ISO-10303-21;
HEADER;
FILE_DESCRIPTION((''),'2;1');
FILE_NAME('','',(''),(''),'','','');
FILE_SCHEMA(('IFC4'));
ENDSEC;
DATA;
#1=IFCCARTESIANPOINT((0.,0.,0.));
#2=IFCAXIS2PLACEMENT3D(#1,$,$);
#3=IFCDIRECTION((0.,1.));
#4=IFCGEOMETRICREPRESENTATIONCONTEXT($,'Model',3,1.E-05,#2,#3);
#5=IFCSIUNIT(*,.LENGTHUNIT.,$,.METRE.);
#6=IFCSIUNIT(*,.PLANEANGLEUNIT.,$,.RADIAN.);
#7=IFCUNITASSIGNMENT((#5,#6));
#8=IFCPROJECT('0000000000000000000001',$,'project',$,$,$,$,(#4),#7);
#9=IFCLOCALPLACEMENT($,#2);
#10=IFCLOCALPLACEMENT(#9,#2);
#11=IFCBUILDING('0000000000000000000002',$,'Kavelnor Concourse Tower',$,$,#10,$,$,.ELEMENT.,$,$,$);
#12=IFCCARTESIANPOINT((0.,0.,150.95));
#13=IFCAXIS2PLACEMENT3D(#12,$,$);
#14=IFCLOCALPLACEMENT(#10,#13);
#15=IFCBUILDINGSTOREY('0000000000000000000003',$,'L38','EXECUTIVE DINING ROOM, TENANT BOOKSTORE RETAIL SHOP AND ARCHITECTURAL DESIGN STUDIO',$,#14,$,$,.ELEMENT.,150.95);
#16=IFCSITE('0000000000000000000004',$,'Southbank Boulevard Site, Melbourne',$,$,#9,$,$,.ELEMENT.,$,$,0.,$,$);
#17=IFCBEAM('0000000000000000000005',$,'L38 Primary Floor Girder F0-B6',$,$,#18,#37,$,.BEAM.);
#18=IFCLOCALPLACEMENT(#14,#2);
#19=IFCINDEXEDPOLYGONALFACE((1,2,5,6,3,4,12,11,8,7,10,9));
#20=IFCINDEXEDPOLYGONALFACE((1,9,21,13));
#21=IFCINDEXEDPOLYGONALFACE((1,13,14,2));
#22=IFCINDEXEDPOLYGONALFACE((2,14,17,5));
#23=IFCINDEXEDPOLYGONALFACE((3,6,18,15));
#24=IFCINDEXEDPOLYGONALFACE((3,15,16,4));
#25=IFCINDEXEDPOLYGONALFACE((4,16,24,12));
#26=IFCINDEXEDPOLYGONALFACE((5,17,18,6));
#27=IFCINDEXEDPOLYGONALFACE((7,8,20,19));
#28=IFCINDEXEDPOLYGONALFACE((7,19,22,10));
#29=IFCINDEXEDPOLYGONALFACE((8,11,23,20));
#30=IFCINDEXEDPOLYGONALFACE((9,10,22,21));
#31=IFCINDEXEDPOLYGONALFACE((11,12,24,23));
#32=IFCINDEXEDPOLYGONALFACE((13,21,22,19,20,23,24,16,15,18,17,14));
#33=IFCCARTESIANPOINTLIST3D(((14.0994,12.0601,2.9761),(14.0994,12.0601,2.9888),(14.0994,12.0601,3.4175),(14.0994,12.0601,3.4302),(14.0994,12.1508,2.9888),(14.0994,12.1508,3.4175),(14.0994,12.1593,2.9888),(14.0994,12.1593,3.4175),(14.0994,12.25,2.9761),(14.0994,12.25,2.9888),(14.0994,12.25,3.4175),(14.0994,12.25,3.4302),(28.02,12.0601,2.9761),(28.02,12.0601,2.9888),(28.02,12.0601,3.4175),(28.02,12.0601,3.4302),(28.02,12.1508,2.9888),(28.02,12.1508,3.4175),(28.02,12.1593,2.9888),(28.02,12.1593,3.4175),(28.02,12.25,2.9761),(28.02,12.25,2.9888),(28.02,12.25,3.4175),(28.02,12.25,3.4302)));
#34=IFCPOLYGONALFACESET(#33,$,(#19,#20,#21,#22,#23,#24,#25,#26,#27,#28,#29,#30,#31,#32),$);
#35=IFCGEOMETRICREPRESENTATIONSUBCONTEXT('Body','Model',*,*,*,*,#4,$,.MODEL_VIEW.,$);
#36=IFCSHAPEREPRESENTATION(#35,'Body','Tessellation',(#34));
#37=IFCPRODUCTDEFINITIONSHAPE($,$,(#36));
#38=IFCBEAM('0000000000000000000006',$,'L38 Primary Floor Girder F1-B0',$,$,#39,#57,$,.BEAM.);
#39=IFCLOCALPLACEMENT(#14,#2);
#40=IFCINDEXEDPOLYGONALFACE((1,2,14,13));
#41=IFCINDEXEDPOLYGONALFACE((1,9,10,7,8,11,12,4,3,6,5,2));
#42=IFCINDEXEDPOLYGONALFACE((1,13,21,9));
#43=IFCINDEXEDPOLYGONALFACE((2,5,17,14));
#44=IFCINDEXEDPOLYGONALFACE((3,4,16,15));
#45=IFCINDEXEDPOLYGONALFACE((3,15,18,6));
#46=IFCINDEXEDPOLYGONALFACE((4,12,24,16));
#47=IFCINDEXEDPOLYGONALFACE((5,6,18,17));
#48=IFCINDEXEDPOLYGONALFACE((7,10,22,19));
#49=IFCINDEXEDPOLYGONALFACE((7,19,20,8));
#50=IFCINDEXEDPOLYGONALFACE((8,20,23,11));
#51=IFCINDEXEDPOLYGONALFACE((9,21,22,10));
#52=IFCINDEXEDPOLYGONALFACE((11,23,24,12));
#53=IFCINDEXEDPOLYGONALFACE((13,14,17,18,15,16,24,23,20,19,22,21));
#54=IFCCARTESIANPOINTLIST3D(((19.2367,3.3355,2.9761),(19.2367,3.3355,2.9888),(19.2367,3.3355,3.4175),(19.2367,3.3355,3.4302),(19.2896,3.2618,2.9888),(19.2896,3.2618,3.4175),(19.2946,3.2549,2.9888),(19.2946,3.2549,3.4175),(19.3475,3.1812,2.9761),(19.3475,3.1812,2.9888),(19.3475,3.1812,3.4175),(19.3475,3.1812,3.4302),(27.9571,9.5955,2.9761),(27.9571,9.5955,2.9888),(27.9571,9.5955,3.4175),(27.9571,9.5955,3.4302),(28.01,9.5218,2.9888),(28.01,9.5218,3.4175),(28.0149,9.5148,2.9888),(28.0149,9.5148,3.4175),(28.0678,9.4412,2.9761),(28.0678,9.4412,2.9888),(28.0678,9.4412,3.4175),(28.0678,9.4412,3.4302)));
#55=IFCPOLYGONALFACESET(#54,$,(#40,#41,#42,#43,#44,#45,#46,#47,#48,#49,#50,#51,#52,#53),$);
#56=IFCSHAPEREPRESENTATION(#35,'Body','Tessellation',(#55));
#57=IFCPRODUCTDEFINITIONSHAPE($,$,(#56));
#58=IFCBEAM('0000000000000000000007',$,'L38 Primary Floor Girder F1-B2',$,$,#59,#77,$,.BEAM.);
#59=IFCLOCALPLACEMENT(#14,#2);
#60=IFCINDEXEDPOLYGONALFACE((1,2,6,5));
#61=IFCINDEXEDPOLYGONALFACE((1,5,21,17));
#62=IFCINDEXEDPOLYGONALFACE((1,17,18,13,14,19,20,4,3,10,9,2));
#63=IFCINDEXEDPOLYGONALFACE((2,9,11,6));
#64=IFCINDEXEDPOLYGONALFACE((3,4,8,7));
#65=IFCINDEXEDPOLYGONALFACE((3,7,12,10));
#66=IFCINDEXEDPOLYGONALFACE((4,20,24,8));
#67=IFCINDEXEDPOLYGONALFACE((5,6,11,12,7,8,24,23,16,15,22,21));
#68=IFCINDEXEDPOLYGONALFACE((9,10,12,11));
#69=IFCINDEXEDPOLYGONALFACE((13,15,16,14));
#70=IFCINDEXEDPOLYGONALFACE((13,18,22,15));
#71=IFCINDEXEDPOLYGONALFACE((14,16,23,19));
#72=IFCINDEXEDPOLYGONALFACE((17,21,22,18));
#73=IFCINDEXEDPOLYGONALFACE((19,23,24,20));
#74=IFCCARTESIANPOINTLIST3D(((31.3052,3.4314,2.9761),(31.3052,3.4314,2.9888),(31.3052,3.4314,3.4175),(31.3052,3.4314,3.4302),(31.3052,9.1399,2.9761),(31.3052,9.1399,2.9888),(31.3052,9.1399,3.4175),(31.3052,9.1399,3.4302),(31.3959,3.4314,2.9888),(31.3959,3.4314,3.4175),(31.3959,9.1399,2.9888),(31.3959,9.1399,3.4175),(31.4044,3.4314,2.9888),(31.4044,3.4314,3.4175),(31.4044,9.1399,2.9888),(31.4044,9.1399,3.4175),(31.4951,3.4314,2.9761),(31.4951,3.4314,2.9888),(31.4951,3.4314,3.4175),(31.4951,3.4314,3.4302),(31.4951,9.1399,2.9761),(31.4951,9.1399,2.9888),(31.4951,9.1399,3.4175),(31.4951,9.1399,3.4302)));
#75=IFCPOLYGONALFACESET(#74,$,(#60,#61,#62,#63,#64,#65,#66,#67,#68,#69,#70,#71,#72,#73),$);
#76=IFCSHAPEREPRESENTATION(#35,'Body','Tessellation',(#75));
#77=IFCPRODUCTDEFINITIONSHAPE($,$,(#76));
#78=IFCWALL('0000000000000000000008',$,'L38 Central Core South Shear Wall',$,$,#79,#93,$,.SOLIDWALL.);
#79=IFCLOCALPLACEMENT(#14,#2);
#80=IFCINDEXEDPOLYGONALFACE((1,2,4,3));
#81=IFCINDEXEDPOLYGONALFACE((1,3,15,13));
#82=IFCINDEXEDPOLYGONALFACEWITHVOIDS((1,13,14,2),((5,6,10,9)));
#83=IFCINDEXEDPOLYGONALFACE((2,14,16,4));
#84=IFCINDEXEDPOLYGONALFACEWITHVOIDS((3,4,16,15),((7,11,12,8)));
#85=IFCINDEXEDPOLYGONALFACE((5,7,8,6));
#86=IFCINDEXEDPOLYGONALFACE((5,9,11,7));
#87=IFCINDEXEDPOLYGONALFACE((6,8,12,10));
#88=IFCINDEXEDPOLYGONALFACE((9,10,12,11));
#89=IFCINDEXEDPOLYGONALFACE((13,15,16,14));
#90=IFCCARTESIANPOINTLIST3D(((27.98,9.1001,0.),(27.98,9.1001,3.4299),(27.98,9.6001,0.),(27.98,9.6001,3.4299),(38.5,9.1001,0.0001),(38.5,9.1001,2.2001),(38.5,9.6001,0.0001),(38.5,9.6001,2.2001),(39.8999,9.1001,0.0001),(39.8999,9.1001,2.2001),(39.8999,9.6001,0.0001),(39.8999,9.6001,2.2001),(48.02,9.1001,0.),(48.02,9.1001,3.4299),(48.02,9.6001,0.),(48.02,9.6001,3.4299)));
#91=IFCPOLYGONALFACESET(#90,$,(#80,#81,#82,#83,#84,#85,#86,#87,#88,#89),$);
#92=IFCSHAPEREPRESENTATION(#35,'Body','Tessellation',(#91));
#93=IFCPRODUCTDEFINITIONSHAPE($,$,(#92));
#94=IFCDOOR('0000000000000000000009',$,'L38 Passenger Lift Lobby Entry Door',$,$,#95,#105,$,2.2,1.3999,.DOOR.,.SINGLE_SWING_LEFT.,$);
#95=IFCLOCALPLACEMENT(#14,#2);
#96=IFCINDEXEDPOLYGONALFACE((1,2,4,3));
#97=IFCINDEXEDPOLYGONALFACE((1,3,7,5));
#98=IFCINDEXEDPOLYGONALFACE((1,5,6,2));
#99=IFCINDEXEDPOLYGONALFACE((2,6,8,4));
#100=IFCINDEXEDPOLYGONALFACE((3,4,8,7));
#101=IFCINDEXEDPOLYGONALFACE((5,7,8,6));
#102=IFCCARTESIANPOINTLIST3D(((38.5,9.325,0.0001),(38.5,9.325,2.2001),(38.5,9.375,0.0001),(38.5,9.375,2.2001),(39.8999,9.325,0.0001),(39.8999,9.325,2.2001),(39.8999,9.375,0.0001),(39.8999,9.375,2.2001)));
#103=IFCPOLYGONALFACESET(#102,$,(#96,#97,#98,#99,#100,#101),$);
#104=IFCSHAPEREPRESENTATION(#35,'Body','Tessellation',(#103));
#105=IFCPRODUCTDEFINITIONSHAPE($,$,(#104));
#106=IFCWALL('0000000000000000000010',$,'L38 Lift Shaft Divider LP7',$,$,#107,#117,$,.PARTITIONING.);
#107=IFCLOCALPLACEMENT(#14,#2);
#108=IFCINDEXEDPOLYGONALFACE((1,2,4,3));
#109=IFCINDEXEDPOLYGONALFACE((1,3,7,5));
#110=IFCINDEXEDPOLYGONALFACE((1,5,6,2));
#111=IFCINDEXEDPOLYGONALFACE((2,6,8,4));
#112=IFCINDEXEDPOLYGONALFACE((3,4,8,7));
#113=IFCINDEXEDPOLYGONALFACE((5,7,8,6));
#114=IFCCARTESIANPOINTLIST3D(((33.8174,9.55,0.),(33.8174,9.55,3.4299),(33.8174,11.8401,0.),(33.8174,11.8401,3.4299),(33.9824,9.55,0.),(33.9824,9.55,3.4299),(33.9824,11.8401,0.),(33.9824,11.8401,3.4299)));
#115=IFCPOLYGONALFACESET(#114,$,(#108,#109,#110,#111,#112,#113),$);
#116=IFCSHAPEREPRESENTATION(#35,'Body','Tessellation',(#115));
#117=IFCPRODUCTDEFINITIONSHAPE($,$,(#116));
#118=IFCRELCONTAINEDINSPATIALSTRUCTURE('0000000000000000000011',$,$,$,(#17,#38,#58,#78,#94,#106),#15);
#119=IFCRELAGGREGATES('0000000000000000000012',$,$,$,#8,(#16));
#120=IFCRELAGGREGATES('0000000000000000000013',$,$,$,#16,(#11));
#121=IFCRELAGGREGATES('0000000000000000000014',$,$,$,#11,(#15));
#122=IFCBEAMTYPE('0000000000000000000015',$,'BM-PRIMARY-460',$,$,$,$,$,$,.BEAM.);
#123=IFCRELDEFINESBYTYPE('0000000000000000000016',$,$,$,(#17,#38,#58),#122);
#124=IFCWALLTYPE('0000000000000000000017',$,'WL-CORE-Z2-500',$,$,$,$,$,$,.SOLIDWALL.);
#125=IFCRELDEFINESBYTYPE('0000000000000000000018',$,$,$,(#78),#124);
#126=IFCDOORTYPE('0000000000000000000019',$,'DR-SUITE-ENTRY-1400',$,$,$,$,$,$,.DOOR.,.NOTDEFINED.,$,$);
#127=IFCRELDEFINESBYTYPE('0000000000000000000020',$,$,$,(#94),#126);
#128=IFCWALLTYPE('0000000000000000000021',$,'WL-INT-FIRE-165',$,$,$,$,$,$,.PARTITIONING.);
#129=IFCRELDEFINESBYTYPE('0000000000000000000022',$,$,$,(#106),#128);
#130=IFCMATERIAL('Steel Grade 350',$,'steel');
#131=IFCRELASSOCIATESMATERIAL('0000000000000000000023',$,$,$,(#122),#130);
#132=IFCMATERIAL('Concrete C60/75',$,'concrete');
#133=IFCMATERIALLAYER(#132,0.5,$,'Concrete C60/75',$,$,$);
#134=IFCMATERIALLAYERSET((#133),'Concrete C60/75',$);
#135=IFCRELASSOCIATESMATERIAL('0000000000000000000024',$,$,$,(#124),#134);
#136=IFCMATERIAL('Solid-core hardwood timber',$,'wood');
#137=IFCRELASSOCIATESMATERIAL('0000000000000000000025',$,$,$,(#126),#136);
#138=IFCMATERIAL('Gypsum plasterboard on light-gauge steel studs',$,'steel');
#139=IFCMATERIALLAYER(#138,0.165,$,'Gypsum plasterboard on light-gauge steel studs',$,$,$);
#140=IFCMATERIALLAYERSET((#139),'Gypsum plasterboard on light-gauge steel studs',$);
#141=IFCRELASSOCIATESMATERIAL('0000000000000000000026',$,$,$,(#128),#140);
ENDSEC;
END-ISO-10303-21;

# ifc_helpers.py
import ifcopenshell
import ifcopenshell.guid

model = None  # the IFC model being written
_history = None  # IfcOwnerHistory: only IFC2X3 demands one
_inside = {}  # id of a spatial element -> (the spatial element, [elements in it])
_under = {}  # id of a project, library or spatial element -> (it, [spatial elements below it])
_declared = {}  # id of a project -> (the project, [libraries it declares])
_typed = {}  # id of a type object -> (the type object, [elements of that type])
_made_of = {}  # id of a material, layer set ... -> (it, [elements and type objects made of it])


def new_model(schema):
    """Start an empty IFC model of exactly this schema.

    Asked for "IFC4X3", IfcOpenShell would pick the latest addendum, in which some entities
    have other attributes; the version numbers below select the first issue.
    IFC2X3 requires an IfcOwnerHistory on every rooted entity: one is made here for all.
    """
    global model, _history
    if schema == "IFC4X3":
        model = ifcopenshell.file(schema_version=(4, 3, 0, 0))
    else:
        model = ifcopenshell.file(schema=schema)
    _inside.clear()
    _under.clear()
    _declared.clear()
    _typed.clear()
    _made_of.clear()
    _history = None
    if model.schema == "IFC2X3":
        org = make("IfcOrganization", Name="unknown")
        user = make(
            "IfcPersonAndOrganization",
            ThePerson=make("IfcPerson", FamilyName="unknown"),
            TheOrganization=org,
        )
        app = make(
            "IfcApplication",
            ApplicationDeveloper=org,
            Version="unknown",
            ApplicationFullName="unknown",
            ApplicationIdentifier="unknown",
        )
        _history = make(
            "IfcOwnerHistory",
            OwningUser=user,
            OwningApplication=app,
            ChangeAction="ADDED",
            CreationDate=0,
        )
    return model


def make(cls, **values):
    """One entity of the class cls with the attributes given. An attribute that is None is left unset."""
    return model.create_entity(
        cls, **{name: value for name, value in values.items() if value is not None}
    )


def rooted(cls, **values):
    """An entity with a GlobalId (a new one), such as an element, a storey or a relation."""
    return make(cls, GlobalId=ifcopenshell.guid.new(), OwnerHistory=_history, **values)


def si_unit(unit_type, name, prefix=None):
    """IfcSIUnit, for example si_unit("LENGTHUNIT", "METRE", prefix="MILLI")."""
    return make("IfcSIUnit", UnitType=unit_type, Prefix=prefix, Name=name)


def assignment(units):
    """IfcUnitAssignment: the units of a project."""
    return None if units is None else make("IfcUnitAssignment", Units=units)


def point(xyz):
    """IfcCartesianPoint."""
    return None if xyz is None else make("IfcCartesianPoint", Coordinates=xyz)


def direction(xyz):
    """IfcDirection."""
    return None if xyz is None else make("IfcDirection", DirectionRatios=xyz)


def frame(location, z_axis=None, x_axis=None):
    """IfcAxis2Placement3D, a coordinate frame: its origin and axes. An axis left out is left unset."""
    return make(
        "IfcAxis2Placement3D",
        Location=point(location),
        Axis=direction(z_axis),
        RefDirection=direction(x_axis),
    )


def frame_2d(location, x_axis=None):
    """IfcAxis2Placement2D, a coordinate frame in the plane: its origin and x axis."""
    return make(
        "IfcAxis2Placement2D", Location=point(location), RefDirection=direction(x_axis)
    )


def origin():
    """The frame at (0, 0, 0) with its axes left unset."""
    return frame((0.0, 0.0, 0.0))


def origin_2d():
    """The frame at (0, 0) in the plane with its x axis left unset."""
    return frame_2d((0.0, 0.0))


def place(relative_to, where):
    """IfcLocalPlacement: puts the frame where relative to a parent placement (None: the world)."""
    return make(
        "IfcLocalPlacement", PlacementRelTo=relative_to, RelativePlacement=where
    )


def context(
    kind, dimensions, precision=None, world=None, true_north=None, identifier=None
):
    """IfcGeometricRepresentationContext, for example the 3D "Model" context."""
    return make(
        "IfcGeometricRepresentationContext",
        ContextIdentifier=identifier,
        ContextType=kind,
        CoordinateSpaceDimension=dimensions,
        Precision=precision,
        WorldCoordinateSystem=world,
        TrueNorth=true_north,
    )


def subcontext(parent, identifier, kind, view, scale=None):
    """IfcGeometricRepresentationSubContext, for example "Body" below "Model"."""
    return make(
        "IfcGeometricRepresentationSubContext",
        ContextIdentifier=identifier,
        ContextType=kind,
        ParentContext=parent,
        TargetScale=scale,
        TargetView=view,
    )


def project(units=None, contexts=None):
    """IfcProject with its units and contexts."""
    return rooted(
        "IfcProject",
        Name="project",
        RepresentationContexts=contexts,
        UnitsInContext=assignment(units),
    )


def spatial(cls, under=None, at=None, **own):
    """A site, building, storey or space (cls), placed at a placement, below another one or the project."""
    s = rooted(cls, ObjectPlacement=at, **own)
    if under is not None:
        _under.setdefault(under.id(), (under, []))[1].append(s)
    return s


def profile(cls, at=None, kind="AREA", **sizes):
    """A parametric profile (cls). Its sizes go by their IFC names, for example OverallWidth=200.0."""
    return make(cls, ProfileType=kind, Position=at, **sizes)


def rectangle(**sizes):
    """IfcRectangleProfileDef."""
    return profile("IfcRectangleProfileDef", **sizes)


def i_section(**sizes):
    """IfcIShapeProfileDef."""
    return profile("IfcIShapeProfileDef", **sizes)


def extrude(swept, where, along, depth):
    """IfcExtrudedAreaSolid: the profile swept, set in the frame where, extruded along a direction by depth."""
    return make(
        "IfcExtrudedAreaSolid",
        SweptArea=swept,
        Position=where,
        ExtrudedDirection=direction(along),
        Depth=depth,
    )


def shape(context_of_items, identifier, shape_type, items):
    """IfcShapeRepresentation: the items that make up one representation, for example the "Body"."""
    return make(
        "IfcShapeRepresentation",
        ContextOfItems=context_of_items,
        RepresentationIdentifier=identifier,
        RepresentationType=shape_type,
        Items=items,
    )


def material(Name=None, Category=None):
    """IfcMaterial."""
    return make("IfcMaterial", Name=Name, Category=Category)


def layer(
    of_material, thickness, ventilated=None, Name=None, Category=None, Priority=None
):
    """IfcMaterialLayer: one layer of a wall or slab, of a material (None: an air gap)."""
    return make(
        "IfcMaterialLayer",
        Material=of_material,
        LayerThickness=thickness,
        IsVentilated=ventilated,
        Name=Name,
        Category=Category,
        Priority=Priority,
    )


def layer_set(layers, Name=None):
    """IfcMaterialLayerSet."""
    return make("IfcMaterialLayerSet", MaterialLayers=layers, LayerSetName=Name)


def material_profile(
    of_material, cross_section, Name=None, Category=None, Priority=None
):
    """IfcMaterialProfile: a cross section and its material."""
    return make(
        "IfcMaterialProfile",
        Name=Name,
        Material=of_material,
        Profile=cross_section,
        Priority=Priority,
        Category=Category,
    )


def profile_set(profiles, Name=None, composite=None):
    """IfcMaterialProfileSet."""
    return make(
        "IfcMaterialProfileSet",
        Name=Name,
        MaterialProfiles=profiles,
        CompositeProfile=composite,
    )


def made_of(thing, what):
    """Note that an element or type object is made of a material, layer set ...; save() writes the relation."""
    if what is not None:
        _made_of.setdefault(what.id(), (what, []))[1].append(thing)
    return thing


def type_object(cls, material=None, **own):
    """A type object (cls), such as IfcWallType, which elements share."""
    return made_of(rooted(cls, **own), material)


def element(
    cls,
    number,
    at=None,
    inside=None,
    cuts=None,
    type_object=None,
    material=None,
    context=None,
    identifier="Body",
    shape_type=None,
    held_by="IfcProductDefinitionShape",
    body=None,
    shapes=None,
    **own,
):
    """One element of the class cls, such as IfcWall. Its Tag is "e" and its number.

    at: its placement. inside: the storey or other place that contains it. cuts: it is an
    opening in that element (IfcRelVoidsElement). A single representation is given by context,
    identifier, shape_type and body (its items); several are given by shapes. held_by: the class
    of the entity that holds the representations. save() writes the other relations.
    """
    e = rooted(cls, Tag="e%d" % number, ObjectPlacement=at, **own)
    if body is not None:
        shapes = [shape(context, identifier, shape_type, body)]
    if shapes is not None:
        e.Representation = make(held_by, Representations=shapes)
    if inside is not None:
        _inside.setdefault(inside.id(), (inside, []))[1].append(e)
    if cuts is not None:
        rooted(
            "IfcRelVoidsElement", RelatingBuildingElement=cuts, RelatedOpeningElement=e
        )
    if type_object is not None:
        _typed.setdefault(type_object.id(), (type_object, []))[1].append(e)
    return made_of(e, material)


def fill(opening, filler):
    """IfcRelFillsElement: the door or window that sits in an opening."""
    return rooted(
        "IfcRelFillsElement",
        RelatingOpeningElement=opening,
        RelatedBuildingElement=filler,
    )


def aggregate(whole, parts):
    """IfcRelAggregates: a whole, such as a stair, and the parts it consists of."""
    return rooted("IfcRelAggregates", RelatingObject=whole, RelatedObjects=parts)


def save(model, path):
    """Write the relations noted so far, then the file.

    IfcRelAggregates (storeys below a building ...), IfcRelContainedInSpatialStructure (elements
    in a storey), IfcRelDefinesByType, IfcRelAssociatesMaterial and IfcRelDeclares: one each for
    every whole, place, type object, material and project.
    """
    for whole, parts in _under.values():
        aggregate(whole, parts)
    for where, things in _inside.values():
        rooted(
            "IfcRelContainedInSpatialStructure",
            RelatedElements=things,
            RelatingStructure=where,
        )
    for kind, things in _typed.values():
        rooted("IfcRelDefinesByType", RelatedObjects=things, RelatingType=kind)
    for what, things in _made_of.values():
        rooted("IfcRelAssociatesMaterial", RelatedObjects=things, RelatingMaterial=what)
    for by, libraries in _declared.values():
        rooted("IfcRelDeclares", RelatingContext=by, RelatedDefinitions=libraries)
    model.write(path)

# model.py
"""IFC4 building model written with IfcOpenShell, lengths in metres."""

from ifc_helpers import new_model, si_unit, direction, frame, frame_2d, origin, origin_2d, place, context, subcontext, project, spatial, rectangle, i_section, extrude, material, layer, layer_set, material_profile, profile_set, type_object, element, fill, save


model = new_model("IFC4")

# Units and contexts
model_context = context("Model", 3, precision=1e-05, world=origin(), true_north=direction((0.0, 1.0)))
body_context = subcontext(model_context, "Body", "Model", "MODEL_VIEW")
ifc_project = project(units=[si_unit("LENGTHUNIT", "METRE"), si_unit("PLANEANGLEUNIT", "RADIAN")], contexts=[model_context])

# Site, building, storey
site_placement = place(None, origin())
site = spatial("IfcSite", under=ifc_project, at=site_placement, Name="Southbank Boulevard Site, Melbourne", CompositionType="ELEMENT", RefElevation=0.0)
building_placement = place(site_placement, origin())
building = spatial("IfcBuilding", under=site, at=building_placement, Name="Kavelnor Concourse Tower", CompositionType="ELEMENT")
storey_placement = place(building_placement, frame((0.0, 0.0, 150.95)))
storey = spatial("IfcBuildingStorey", under=building, at=storey_placement, Name="L38", Description="EXECUTIVE DINING ROOM, TENANT BOOKSTORE RETAIL SHOP AND ARCHITECTURAL DESIGN STUDIO", CompositionType="ELEMENT", Elevation=150.95)

# Beams
ifc_material_1 = material(Name="Steel Grade 350", Category="steel")
ifc_material_profile = material_profile(ifc_material_1, i_section(OverallWidth=0.1899, OverallDepth=0.4541, WebThickness=0.0085, FlangeThickness=0.0127, at=origin_2d()), Name="460UB67")
ifc_profile_set = profile_set([ifc_material_profile], Name="Steel Grade 350")
beam_type = type_object("IfcBeamType", Name="BM-PRIMARY-460", PredefinedType="BEAM", material=ifc_profile_set)
beam_1_placement = place(storey_placement, frame((28.02, 12.155, 3.2031), z_axis=(-1.0, 0.0, 0.0), x_axis=(0.0, -1.0, 0.0)))
element("IfcBeam", 1, at=beam_1_placement, inside=storey, type_object=beam_type, Name="L38 Primary Floor Girder F0-B6", PredefinedType="BEAM", context=body_context, shape_type="SweptSolid", body=[
    extrude(i_section(OverallWidth=0.1899, OverallDepth=0.4541, WebThickness=0.0085, FlangeThickness=0.0127, at=origin_2d()), origin(), (0.0, 0.0, 1.0), 13.9207),
])
beam_2_placement = place(storey_placement, frame((28.0125, 9.5183, 3.2031), z_axis=(-0.81236, -0.583156, 0.0), x_axis=(0.583156, -0.81236, 0.0)))
element("IfcBeam", 2, at=beam_2_placement, inside=storey, type_object=beam_type, Name="L38 Primary Floor Girder F1-B0", PredefinedType="BEAM", context=body_context, shape_type="SweptSolid", body=[
    extrude(i_section(OverallWidth=0.1899, OverallDepth=0.4541, WebThickness=0.0085, FlangeThickness=0.0127, at=origin_2d()), origin(), (0.0, 0.0, 1.0), 10.7346),
])
beam_3_placement = place(storey_placement, frame((31.4001, 9.1399, 3.2031), z_axis=(0.0, -1.0, 0.0), x_axis=(1.0, 0.0, 0.0)))
element("IfcBeam", 3, at=beam_3_placement, inside=storey, type_object=beam_type, Name="L38 Primary Floor Girder F1-B2", PredefinedType="BEAM", context=body_context, shape_type="SweptSolid", body=[
    extrude(i_section(OverallWidth=0.1899, OverallDepth=0.4541, WebThickness=0.0085, FlangeThickness=0.0127, at=origin_2d()), origin(), (0.0, 0.0, 1.0), 5.7085),
])

# Wall, opening, door
ifc_material_2 = material(Name="Concrete C60/75", Category="concrete")
ifc_layer_1 = layer(ifc_material_2, 0.5, Name="Concrete C60/75")
ifc_layer_set_1 = layer_set([ifc_layer_1], Name="Concrete C60/75")
wall_type_1 = type_object("IfcWallType", Name="WL-CORE-Z2-500", PredefinedType="SOLIDWALL", material=ifc_layer_set_1)
wall_1_placement = place(storey_placement, frame((27.98, 9.3501, 0.0), z_axis=(0.0, 0.0, 1.0), x_axis=(1.0, 0.0, 0.0)))
wall_1 = element("IfcWall", 4, at=wall_1_placement, inside=storey, type_object=wall_type_1, Name="L38 Central Core South Shear Wall", PredefinedType="SOLIDWALL", context=body_context, shape_type="SweptSolid", body=[
    extrude(rectangle(XDim=20.04, YDim=0.5, at=frame_2d((10.02, 0.0))), origin(), (0.0, 0.0, 1.0), 3.4299),
])
opening_1_placement = place(wall_1_placement, frame((10.52, 0.0, 0.0)))
opening_1 = element("IfcOpeningElement", 5, at=opening_1_placement, cuts=wall_1, PredefinedType="OPENING", context=body_context, shape_type="SweptSolid", body=[
    extrude(rectangle(XDim=1.3999, YDim=2.2, at=frame_2d((0.7, 1.1001))), frame((0.0, 0.26, 0.0), z_axis=(0.0, -1.0, 0.0), x_axis=(1.0, 0.0, 0.0)), (0.0, 0.0, 1.0), 0.52),
])
ifc_material_3 = material(Name="Solid-core hardwood timber", Category="wood")
door_type_1 = type_object("IfcDoorType", Name="DR-SUITE-ENTRY-1400", OperationType="NOTDEFINED", PredefinedType="DOOR", material=ifc_material_3)
door_1_placement = place(opening_1_placement, origin())
door_1 = element("IfcDoor", 6, at=door_1_placement, inside=storey, type_object=door_type_1, Name="L38 Passenger Lift Lobby Entry Door", OperationType="SINGLE_SWING_LEFT", OverallHeight=2.2, OverallWidth=1.3999, PredefinedType="DOOR", context=body_context, shape_type="SweptSolid", body=[
    extrude(rectangle(XDim=1.3999, YDim=2.2, at=frame_2d((0.7, 1.1001))), frame((0.0, 0.0249, 0.0), z_axis=(0.0, -1.0, 0.0), x_axis=(1.0, 0.0, 0.0)), (0.0, 0.0, 1.0), 0.05),
])
fill(opening_1, door_1)

# Wall
ifc_material_4 = material(Name="Gypsum plasterboard on light-gauge steel studs", Category="steel")
ifc_layer_2 = layer(ifc_material_4, 0.165, Name="Gypsum plasterboard on light-gauge steel studs")
ifc_layer_set_2 = layer_set([ifc_layer_2], Name="Gypsum plasterboard on light-gauge steel studs")
wall_type_2 = type_object("IfcWallType", Name="WL-INT-FIRE-165", PredefinedType="PARTITIONING", material=ifc_layer_set_2)
wall_2_placement = place(storey_placement, frame((33.8999, 9.55, 0.0), z_axis=(0.0, 0.0, 1.0), x_axis=(0.0, 1.0, 0.0)))
element("IfcWall", 7, at=wall_2_placement, inside=storey, type_object=wall_type_2, Name="L38 Lift Shaft Divider LP7", PredefinedType="PARTITIONING", context=body_context, shape_type="SweptSolid", body=[
    extrude(rectangle(XDim=2.29, YDim=0.165, at=frame_2d((1.145, 0.0))), origin(), (0.0, 0.0, 1.0), 3.4299),
])

save(model, "model.ifc")
